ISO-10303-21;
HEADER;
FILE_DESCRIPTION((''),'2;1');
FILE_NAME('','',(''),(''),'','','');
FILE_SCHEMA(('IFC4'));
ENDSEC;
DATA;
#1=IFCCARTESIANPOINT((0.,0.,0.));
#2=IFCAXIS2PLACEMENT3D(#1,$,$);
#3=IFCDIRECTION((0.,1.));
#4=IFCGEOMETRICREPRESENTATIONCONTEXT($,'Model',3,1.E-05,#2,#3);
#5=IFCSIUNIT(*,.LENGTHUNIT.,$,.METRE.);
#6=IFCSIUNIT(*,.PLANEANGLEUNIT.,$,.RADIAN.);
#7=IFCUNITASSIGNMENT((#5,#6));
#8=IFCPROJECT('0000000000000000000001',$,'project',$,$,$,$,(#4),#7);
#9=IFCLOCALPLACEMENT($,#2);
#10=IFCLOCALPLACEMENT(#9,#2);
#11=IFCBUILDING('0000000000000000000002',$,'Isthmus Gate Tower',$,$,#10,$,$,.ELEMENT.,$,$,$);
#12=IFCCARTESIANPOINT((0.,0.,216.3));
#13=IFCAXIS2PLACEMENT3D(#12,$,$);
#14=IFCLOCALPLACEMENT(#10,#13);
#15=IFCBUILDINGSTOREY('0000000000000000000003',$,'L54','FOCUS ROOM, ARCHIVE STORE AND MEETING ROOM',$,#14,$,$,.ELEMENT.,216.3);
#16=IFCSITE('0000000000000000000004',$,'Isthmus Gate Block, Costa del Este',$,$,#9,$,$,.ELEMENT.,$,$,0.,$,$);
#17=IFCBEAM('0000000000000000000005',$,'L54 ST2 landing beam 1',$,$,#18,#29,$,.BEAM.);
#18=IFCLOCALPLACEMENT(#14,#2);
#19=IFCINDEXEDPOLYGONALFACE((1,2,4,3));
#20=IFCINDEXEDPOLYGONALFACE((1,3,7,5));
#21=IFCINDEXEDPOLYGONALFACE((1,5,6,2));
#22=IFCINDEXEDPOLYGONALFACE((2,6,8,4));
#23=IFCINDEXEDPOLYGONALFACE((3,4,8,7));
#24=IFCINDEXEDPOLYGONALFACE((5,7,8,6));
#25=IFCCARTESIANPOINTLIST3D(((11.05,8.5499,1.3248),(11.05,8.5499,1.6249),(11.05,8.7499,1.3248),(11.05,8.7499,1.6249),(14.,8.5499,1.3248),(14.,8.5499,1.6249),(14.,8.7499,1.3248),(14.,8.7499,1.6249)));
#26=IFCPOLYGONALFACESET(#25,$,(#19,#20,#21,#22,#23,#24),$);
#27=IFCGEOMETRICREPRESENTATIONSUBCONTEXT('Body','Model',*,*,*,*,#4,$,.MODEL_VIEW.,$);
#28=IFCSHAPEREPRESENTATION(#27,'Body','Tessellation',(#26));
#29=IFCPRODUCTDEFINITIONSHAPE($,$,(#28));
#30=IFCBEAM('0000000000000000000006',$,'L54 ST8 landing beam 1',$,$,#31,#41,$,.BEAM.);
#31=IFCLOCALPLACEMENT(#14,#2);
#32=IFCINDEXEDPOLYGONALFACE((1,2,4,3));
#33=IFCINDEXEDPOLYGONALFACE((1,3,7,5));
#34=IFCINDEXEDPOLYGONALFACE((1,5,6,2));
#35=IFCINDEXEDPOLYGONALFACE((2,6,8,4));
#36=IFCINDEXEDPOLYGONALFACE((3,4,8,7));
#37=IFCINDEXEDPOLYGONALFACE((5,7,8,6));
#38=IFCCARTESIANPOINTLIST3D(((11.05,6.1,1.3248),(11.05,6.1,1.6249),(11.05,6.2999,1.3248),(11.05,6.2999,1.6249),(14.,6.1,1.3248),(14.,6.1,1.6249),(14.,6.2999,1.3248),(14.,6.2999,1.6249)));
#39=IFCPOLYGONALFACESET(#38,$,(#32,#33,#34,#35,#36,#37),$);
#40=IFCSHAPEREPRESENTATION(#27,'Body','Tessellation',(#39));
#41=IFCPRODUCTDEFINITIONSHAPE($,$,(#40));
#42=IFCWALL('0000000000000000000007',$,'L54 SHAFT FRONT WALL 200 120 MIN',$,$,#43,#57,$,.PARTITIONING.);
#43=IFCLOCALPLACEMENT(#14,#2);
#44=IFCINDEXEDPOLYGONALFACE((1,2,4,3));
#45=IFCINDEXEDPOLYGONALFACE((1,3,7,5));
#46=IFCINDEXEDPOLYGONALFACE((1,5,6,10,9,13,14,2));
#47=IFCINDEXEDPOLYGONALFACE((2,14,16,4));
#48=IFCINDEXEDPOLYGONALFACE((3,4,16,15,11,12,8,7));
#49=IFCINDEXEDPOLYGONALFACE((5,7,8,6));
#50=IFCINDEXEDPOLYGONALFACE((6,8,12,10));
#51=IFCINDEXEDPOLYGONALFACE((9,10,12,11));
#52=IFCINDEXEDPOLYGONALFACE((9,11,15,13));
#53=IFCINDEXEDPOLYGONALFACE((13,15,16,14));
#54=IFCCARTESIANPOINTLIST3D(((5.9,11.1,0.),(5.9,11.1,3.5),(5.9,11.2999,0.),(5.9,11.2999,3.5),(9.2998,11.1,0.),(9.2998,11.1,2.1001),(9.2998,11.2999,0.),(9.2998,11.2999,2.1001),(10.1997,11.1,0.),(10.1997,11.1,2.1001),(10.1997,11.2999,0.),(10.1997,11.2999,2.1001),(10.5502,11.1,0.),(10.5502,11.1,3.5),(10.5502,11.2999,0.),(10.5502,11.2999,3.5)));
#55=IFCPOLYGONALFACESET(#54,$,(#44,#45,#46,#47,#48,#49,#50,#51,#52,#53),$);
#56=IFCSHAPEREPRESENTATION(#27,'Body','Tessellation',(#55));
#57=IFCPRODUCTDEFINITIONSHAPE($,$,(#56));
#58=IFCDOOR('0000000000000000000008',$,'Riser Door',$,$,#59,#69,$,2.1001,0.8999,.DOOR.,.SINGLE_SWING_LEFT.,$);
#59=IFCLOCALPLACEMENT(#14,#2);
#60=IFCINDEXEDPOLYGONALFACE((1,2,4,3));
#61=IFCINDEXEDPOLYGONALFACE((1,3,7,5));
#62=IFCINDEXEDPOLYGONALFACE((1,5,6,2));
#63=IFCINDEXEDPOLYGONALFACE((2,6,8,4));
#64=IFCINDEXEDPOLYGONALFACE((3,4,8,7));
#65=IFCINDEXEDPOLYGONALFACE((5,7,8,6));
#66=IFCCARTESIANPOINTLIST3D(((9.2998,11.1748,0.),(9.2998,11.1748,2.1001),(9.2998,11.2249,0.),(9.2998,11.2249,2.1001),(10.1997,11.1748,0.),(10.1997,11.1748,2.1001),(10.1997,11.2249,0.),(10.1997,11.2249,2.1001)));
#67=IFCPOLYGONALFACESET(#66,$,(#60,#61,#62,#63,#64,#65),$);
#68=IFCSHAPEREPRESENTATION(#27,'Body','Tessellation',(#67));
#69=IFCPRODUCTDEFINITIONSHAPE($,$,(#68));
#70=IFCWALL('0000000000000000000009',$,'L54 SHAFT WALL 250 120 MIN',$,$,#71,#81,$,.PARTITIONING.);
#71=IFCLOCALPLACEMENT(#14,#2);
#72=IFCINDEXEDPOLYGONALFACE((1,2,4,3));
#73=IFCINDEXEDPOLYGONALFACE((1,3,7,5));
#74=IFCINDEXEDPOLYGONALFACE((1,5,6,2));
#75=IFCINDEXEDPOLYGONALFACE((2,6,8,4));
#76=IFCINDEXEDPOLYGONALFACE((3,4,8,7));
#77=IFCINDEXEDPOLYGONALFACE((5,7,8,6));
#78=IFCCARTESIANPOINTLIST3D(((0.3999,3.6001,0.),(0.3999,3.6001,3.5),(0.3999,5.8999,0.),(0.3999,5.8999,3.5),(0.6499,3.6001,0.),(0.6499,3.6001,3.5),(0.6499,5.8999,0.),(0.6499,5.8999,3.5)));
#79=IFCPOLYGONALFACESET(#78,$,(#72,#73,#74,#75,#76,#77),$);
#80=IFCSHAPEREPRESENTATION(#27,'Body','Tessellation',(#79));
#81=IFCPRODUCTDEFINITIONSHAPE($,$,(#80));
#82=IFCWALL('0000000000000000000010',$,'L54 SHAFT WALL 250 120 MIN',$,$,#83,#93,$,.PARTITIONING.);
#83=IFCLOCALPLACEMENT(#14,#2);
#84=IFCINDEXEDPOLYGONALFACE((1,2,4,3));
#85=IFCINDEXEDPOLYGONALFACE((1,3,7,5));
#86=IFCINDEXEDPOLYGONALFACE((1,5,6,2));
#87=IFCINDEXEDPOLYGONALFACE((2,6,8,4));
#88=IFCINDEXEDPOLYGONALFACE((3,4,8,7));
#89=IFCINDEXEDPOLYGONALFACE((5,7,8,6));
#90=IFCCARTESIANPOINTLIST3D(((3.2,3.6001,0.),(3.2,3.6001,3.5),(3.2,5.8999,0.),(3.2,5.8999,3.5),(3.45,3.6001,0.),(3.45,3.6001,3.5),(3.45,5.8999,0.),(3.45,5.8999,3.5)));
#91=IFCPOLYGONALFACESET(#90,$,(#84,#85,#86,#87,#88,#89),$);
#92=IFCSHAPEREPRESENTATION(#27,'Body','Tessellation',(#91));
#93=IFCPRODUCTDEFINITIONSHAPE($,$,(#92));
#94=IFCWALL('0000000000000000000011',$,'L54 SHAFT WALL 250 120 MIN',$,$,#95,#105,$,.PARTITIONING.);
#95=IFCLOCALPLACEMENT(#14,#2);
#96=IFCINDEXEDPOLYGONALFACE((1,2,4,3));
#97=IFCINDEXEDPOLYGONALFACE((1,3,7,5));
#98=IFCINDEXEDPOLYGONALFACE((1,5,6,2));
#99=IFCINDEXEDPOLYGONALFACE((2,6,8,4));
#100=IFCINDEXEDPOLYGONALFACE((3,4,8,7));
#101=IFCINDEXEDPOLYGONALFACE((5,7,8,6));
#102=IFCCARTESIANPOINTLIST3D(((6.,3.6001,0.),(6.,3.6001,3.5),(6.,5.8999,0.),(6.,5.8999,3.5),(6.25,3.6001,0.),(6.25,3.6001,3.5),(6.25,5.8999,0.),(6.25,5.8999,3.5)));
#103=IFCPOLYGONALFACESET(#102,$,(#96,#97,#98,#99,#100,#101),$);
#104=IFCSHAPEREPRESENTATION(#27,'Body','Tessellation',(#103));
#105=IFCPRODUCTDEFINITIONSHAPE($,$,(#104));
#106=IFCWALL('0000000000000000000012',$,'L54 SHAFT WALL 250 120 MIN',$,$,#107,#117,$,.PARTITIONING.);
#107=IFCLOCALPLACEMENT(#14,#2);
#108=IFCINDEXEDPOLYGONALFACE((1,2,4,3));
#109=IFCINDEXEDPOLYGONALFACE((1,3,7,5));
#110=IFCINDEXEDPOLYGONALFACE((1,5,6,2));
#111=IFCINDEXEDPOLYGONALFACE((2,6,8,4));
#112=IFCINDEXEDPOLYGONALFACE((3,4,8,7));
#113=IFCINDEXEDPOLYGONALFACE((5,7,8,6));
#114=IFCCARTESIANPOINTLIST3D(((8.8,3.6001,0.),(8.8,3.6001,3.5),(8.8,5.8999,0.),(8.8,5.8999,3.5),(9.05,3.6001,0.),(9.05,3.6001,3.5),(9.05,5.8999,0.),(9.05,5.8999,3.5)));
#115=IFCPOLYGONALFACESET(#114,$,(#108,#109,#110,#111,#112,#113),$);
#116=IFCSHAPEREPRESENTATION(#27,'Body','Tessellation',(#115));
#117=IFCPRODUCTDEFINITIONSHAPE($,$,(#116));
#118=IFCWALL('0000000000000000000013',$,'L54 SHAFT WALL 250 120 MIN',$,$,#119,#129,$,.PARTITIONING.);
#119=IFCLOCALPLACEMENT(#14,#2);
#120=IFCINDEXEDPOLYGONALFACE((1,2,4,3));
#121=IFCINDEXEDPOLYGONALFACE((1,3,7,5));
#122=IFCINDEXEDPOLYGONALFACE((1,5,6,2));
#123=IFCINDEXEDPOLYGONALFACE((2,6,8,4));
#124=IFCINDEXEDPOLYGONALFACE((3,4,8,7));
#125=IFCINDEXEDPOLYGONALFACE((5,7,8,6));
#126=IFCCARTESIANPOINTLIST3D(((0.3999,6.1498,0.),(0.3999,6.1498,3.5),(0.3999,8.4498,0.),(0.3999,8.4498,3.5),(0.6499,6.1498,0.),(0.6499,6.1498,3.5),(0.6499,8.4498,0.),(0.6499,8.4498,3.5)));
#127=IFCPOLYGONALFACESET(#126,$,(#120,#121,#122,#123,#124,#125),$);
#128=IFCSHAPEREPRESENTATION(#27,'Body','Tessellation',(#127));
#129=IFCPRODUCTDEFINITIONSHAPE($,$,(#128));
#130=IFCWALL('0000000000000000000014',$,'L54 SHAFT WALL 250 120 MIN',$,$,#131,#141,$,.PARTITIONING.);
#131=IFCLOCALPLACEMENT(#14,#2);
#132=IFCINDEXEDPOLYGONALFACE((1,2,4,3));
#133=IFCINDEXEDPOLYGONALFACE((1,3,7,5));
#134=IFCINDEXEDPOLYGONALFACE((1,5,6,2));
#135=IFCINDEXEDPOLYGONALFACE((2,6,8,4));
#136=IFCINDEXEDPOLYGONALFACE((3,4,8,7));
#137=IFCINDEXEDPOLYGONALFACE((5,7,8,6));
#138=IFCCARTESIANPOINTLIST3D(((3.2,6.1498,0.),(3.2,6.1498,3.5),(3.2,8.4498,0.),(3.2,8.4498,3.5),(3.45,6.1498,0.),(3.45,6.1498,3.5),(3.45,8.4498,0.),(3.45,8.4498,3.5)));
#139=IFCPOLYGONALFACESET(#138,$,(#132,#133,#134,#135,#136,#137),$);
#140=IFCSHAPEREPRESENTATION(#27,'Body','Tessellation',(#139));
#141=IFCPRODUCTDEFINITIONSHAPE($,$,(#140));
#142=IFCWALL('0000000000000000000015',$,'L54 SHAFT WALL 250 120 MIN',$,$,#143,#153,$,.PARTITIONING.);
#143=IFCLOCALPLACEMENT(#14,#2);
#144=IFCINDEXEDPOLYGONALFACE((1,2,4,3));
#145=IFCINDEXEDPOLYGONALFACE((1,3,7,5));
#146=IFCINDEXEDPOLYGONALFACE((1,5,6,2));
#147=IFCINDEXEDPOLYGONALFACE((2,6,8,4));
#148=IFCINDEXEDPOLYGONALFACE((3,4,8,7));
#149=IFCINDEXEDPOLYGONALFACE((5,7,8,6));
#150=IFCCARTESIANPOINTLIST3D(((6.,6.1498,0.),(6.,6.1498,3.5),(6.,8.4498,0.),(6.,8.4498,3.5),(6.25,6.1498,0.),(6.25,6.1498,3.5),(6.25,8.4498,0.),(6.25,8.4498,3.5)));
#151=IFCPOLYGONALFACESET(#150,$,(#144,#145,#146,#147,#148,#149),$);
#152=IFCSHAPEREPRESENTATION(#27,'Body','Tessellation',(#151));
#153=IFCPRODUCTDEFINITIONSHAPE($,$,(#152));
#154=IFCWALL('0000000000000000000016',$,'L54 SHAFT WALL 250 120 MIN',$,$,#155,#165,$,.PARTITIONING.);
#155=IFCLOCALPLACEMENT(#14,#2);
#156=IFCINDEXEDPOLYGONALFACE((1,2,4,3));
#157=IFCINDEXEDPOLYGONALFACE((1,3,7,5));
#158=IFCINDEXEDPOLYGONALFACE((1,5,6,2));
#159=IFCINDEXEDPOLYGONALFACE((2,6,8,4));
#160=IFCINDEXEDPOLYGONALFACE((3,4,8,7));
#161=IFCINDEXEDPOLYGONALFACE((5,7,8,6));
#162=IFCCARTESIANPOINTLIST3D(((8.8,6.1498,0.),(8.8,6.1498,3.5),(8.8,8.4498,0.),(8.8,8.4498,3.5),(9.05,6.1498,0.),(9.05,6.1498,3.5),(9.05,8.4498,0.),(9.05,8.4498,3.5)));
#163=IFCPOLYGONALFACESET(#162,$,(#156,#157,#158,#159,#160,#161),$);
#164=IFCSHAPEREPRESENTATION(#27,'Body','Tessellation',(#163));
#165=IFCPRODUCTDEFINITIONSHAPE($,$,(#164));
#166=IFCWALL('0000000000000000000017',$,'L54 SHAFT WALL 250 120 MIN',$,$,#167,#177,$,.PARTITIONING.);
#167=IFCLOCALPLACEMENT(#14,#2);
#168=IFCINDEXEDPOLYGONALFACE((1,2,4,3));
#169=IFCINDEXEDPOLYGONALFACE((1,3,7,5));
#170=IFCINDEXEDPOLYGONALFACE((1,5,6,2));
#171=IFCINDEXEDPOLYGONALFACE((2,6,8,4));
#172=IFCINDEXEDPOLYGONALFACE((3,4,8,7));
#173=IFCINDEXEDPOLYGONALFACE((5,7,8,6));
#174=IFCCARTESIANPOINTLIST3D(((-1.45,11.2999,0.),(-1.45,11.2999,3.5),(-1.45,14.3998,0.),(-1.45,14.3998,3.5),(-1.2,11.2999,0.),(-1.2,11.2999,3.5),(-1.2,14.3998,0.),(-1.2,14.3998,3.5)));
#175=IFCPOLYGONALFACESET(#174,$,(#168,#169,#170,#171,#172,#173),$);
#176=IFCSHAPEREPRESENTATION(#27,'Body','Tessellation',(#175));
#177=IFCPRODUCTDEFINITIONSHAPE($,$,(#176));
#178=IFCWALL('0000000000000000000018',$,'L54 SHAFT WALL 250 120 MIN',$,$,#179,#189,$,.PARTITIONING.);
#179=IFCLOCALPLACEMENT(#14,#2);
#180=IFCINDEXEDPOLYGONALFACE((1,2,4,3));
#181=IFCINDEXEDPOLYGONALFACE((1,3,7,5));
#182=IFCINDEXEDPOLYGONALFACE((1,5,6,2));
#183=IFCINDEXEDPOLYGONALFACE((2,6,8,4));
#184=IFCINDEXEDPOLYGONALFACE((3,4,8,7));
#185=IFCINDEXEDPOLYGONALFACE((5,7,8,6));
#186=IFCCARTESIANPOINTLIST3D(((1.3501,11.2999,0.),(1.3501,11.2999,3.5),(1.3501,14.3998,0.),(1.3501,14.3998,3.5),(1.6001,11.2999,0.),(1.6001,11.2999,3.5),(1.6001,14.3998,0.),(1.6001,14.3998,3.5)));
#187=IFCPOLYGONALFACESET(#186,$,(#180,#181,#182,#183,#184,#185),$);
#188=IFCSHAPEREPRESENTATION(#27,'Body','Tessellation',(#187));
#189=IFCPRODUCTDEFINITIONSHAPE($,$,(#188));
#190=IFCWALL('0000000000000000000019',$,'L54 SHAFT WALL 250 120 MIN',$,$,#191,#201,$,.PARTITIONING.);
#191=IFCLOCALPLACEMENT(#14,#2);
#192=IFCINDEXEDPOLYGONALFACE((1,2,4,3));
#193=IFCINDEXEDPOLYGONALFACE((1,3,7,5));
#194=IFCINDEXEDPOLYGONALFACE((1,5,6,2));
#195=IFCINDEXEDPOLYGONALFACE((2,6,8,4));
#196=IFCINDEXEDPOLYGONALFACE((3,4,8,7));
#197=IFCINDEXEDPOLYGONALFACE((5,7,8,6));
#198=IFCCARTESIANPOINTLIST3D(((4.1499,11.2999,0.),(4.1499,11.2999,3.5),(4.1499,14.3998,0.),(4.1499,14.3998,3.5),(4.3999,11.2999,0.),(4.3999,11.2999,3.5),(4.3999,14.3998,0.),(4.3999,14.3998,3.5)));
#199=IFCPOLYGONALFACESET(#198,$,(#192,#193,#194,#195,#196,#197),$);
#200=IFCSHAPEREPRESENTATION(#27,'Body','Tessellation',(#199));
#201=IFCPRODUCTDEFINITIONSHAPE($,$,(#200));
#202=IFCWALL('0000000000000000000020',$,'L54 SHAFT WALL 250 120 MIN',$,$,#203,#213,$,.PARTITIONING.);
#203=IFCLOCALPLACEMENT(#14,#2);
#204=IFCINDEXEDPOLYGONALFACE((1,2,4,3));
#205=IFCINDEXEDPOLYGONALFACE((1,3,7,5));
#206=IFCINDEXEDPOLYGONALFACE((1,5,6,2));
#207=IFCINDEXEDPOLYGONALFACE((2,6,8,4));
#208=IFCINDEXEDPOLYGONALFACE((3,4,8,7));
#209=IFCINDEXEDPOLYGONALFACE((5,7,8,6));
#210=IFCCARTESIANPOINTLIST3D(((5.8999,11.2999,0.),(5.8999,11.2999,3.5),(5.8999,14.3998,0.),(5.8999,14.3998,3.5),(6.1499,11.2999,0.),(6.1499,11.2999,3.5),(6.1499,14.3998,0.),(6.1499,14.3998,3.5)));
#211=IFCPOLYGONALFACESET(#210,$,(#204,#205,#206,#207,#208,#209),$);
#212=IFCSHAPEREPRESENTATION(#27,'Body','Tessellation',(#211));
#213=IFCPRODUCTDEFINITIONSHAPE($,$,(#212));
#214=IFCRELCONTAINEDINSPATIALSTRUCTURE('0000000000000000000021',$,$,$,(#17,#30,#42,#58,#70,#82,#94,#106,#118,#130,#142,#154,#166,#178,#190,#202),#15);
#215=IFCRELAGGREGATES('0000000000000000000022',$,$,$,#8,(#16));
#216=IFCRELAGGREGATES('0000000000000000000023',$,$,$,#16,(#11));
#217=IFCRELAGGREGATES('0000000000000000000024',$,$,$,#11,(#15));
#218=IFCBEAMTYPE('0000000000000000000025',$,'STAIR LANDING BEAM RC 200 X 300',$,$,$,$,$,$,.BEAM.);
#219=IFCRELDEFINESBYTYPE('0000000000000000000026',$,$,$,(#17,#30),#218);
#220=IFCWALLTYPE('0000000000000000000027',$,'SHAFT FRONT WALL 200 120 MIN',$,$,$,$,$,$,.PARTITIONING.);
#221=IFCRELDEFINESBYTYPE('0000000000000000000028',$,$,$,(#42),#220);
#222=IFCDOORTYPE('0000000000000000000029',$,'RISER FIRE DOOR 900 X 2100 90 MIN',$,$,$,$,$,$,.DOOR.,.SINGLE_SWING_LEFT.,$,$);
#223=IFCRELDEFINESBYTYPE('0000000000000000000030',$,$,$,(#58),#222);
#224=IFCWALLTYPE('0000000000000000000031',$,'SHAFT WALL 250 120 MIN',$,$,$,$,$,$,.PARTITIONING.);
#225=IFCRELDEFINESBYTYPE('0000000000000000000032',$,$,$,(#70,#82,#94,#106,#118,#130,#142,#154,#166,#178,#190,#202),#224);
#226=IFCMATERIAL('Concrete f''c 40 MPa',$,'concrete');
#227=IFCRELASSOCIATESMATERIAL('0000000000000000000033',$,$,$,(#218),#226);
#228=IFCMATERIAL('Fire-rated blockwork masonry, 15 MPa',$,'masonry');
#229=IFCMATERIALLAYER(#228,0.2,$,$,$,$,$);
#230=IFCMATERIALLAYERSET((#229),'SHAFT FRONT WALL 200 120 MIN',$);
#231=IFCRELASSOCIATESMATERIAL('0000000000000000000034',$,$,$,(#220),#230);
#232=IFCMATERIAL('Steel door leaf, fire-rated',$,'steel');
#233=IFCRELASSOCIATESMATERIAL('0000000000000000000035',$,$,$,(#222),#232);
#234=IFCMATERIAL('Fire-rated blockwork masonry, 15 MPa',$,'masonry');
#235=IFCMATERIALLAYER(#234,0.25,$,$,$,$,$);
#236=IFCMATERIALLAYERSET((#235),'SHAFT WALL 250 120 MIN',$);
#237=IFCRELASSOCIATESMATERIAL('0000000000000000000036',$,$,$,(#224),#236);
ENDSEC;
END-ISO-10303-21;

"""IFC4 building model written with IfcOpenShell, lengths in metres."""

from ifc_helpers import new_model, si_unit, direction, frame, frame_2d, origin, origin_2d, place, context, subcontext, project, spatial, rectangle, extrude, material, layer, layer_set, material_profile, profile_set, type_object, element, fill, save


model = new_model("IFC4")

# Units and contexts
model_context = context("Model", 3, precision=1e-05, world=origin(), true_north=direction((0.0, 1.0)))
body_context = subcontext(model_context, "Body", "Model", "MODEL_VIEW")
ifc_project = project(units=[si_unit("LENGTHUNIT", "METRE"), si_unit("PLANEANGLEUNIT", "RADIAN")], contexts=[model_context])

# Site, building, storey
site_placement = place(None, origin())
site = spatial("IfcSite", under=ifc_project, at=site_placement, Name="Isthmus Gate Block, Costa del Este", CompositionType="ELEMENT", RefElevation=0.0)
building_placement = place(site_placement, origin())
building = spatial("IfcBuilding", under=site, at=building_placement, Name="Isthmus Gate Tower", CompositionType="ELEMENT")
storey_placement = place(building_placement, frame((0.0, 0.0, 216.3)))
storey = spatial("IfcBuildingStorey", under=building, at=storey_placement, Name="L54", Description="FOCUS ROOM, ARCHIVE STORE AND MEETING ROOM", CompositionType="ELEMENT", Elevation=216.3)

# Beams
ifc_material_1 = material(Name="Concrete f'c 40 MPa", Category="concrete")
ifc_material_profile = material_profile(ifc_material_1, rectangle(XDim=0.2, YDim=0.3, at=origin_2d()), Name="STAIR LANDING BEAM RC 200 X 300")
ifc_profile_set = profile_set([ifc_material_profile], Name="Concrete f'c 40 MPa")
beam_type = type_object("IfcBeamType", Name="STAIR LANDING BEAM RC 200 X 300", PredefinedType="BEAM", material=ifc_profile_set)
for number, where, z_axis, x_axis, name in (
    (1, (11.05, 8.6499, 1.4749), (1.0, 0.0, 0.0), (0.0, 1.0, 0.0), "L54 ST2 landing beam 1"),
    (2, (11.05, 6.2, 1.4749), (1.0, 0.0, 0.0), (0.0, 1.0, 0.0), "L54 ST8 landing beam 1"),
):
    element("IfcBeam", number, at=place(storey_placement, frame(where, z_axis=z_axis, x_axis=x_axis)), inside=storey, type_object=beam_type, Name=name, PredefinedType="BEAM", context=body_context, shape_type="SweptSolid", body=[
        extrude(rectangle(XDim=0.2, YDim=0.3, at=origin_2d()), origin(), (0.0, 0.0, 1.0), 2.95),
    ])

# Wall, opening, door
ifc_material_2 = material(Name="Fire-rated blockwork masonry, 15 MPa", Category="masonry")
ifc_layer_1 = layer(ifc_material_2, 0.2)
ifc_layer_set_1 = layer_set([ifc_layer_1], Name="SHAFT FRONT WALL 200 120 MIN")
wall_type_1 = type_object("IfcWallType", Name="SHAFT FRONT WALL 200 120 MIN", PredefinedType="PARTITIONING", material=ifc_layer_set_1)
wall_1_placement = place(storey_placement, frame((5.8999, 11.2, 0.0), z_axis=(0.0, 0.0, 1.0), x_axis=(1.0, 0.0, 0.0)))
wall_1 = element("IfcWall", 3, at=wall_1_placement, inside=storey, type_object=wall_type_1, Name="L54 SHAFT FRONT WALL 200 120 MIN", PredefinedType="PARTITIONING", context=body_context, shape_type="SweptSolid", body=[
    extrude(rectangle(XDim=4.6501, YDim=0.2, at=frame_2d((2.3252, 0.0))), origin(), (0.0, 0.0, 1.0), 3.5),
])
opening_placement = place(wall_1_placement, frame((3.3999, 0.0, 0.0)))
opening = element("IfcOpeningElement", 4, at=opening_placement, cuts=wall_1, PredefinedType="OPENING", context=body_context, shape_type="SweptSolid", body=[
    extrude(rectangle(XDim=0.8999, YDim=2.1001, at=frame_2d((0.45, 1.05))), frame((0.0, 0.1099, 0.0), z_axis=(0.0, -1.0, 0.0), x_axis=(1.0, 0.0, 0.0)), (0.0, 0.0, 1.0), 0.22),
])
ifc_material_3 = material(Name="Steel door leaf, fire-rated", Category="steel")
door_type = type_object("IfcDoorType", Name="RISER FIRE DOOR 900 X 2100 90 MIN", OperationType="SINGLE_SWING_LEFT", PredefinedType="DOOR", material=ifc_material_3)
door_placement = place(opening_placement, origin())
door = element("IfcDoor", 5, at=door_placement, inside=storey, type_object=door_type, Name="Riser Door", OperationType="SINGLE_SWING_LEFT", OverallHeight=2.1001, OverallWidth=0.8999, PredefinedType="DOOR", context=body_context, shape_type="SweptSolid", body=[
    extrude(rectangle(XDim=0.8999, YDim=2.1001, at=frame_2d((0.45, 1.05))), frame((0.0, 0.0249, 0.0), z_axis=(0.0, -1.0, 0.0), x_axis=(1.0, 0.0, 0.0)), (0.0, 0.0, 1.0), 0.05),
])
fill(opening, door)

# Walls
ifc_material_4 = material(Name="Fire-rated blockwork masonry, 15 MPa", Category="masonry")
ifc_layer_2 = layer(ifc_material_4, 0.25)
ifc_layer_set_2 = layer_set([ifc_layer_2], Name="SHAFT WALL 250 120 MIN")
wall_type_2 = type_object("IfcWallType", Name="SHAFT WALL 250 120 MIN", PredefinedType="PARTITIONING", material=ifc_layer_set_2)
for number, where, z_axis, x_axis, name in (
    (6, (0.5249, 3.6001, 0.0), (0.0, 0.0, 1.0), (0.0, 1.0, 0.0), "L54 SHAFT WALL 250 120 MIN"),
    (7, (3.325, 3.6001, 0.0), (0.0, 0.0, 1.0), (0.0, 1.0, 0.0), "L54 SHAFT WALL 250 120 MIN"),
    (8, (6.125, 3.6001, 0.0), (0.0, 0.0, 1.0), (0.0, 1.0, 0.0), "L54 SHAFT WALL 250 120 MIN"),
    (9, (8.925, 3.6001, 0.0), (0.0, 0.0, 1.0), (0.0, 1.0, 0.0), "L54 SHAFT WALL 250 120 MIN"),
):
    element("IfcWall", number, at=place(storey_placement, frame(where, z_axis=z_axis, x_axis=x_axis)), inside=storey, type_object=wall_type_2, Name=name, PredefinedType="PARTITIONING", context=body_context, shape_type="SweptSolid", body=[
        extrude(rectangle(XDim=2.2998, YDim=0.25, at=frame_2d((1.1499, 0.0))), origin(), (0.0, 0.0, 1.0), 3.5),
    ])
for number, where, z_axis, x_axis, name in (
    (10, (0.5249, 6.1499, 0.0), (0.0, 0.0, 1.0), (0.0, 1.0, 0.0), "L54 SHAFT WALL 250 120 MIN"),
    (11, (3.325, 6.1499, 0.0), (0.0, 0.0, 1.0), (0.0, 1.0, 0.0), "L54 SHAFT WALL 250 120 MIN"),
    (12, (6.125, 6.1499, 0.0), (0.0, 0.0, 1.0), (0.0, 1.0, 0.0), "L54 SHAFT WALL 250 120 MIN"),
    (13, (8.925, 6.1499, 0.0), (0.0, 0.0, 1.0), (0.0, 1.0, 0.0), "L54 SHAFT WALL 250 120 MIN"),
):
    element("IfcWall", number, at=place(storey_placement, frame(where, z_axis=z_axis, x_axis=x_axis)), inside=storey, type_object=wall_type_2, Name=name, PredefinedType="PARTITIONING", context=body_context, shape_type="SweptSolid", body=[
        extrude(rectangle(XDim=2.3, YDim=0.25, at=frame_2d((1.1499, 0.0))), origin(), (0.0, 0.0, 1.0), 3.5),
    ])
for number, where, z_axis, x_axis, name in (
    (14, (-1.325, 11.3, 0.0), (0.0, 0.0, 1.0), (0.0, 1.0, 0.0), "L54 SHAFT WALL 250 120 MIN"),
    (15, (1.4751, 11.3, 0.0), (0.0, 0.0, 1.0), (0.0, 1.0, 0.0), "L54 SHAFT WALL 250 120 MIN"),
    (16, (4.2749, 11.3, 0.0), (0.0, 0.0, 1.0), (0.0, 1.0, 0.0), "L54 SHAFT WALL 250 120 MIN"),
    (17, (6.0249, 11.3, 0.0), (0.0, 0.0, 1.0), (0.0, 1.0, 0.0), "L54 SHAFT WALL 250 120 MIN"),
):
    element("IfcWall", number, at=place(storey_placement, frame(where, z_axis=z_axis, x_axis=x_axis)), inside=storey, type_object=wall_type_2, Name=name, PredefinedType="PARTITIONING", context=body_context, shape_type="SweptSolid", body=[
        extrude(rectangle(XDim=3.0999, YDim=0.25, at=frame_2d((1.5498, 0.0))), origin(), (0.0, 0.0, 1.0), 3.5),
    ])

save(model, "model.ifc")
